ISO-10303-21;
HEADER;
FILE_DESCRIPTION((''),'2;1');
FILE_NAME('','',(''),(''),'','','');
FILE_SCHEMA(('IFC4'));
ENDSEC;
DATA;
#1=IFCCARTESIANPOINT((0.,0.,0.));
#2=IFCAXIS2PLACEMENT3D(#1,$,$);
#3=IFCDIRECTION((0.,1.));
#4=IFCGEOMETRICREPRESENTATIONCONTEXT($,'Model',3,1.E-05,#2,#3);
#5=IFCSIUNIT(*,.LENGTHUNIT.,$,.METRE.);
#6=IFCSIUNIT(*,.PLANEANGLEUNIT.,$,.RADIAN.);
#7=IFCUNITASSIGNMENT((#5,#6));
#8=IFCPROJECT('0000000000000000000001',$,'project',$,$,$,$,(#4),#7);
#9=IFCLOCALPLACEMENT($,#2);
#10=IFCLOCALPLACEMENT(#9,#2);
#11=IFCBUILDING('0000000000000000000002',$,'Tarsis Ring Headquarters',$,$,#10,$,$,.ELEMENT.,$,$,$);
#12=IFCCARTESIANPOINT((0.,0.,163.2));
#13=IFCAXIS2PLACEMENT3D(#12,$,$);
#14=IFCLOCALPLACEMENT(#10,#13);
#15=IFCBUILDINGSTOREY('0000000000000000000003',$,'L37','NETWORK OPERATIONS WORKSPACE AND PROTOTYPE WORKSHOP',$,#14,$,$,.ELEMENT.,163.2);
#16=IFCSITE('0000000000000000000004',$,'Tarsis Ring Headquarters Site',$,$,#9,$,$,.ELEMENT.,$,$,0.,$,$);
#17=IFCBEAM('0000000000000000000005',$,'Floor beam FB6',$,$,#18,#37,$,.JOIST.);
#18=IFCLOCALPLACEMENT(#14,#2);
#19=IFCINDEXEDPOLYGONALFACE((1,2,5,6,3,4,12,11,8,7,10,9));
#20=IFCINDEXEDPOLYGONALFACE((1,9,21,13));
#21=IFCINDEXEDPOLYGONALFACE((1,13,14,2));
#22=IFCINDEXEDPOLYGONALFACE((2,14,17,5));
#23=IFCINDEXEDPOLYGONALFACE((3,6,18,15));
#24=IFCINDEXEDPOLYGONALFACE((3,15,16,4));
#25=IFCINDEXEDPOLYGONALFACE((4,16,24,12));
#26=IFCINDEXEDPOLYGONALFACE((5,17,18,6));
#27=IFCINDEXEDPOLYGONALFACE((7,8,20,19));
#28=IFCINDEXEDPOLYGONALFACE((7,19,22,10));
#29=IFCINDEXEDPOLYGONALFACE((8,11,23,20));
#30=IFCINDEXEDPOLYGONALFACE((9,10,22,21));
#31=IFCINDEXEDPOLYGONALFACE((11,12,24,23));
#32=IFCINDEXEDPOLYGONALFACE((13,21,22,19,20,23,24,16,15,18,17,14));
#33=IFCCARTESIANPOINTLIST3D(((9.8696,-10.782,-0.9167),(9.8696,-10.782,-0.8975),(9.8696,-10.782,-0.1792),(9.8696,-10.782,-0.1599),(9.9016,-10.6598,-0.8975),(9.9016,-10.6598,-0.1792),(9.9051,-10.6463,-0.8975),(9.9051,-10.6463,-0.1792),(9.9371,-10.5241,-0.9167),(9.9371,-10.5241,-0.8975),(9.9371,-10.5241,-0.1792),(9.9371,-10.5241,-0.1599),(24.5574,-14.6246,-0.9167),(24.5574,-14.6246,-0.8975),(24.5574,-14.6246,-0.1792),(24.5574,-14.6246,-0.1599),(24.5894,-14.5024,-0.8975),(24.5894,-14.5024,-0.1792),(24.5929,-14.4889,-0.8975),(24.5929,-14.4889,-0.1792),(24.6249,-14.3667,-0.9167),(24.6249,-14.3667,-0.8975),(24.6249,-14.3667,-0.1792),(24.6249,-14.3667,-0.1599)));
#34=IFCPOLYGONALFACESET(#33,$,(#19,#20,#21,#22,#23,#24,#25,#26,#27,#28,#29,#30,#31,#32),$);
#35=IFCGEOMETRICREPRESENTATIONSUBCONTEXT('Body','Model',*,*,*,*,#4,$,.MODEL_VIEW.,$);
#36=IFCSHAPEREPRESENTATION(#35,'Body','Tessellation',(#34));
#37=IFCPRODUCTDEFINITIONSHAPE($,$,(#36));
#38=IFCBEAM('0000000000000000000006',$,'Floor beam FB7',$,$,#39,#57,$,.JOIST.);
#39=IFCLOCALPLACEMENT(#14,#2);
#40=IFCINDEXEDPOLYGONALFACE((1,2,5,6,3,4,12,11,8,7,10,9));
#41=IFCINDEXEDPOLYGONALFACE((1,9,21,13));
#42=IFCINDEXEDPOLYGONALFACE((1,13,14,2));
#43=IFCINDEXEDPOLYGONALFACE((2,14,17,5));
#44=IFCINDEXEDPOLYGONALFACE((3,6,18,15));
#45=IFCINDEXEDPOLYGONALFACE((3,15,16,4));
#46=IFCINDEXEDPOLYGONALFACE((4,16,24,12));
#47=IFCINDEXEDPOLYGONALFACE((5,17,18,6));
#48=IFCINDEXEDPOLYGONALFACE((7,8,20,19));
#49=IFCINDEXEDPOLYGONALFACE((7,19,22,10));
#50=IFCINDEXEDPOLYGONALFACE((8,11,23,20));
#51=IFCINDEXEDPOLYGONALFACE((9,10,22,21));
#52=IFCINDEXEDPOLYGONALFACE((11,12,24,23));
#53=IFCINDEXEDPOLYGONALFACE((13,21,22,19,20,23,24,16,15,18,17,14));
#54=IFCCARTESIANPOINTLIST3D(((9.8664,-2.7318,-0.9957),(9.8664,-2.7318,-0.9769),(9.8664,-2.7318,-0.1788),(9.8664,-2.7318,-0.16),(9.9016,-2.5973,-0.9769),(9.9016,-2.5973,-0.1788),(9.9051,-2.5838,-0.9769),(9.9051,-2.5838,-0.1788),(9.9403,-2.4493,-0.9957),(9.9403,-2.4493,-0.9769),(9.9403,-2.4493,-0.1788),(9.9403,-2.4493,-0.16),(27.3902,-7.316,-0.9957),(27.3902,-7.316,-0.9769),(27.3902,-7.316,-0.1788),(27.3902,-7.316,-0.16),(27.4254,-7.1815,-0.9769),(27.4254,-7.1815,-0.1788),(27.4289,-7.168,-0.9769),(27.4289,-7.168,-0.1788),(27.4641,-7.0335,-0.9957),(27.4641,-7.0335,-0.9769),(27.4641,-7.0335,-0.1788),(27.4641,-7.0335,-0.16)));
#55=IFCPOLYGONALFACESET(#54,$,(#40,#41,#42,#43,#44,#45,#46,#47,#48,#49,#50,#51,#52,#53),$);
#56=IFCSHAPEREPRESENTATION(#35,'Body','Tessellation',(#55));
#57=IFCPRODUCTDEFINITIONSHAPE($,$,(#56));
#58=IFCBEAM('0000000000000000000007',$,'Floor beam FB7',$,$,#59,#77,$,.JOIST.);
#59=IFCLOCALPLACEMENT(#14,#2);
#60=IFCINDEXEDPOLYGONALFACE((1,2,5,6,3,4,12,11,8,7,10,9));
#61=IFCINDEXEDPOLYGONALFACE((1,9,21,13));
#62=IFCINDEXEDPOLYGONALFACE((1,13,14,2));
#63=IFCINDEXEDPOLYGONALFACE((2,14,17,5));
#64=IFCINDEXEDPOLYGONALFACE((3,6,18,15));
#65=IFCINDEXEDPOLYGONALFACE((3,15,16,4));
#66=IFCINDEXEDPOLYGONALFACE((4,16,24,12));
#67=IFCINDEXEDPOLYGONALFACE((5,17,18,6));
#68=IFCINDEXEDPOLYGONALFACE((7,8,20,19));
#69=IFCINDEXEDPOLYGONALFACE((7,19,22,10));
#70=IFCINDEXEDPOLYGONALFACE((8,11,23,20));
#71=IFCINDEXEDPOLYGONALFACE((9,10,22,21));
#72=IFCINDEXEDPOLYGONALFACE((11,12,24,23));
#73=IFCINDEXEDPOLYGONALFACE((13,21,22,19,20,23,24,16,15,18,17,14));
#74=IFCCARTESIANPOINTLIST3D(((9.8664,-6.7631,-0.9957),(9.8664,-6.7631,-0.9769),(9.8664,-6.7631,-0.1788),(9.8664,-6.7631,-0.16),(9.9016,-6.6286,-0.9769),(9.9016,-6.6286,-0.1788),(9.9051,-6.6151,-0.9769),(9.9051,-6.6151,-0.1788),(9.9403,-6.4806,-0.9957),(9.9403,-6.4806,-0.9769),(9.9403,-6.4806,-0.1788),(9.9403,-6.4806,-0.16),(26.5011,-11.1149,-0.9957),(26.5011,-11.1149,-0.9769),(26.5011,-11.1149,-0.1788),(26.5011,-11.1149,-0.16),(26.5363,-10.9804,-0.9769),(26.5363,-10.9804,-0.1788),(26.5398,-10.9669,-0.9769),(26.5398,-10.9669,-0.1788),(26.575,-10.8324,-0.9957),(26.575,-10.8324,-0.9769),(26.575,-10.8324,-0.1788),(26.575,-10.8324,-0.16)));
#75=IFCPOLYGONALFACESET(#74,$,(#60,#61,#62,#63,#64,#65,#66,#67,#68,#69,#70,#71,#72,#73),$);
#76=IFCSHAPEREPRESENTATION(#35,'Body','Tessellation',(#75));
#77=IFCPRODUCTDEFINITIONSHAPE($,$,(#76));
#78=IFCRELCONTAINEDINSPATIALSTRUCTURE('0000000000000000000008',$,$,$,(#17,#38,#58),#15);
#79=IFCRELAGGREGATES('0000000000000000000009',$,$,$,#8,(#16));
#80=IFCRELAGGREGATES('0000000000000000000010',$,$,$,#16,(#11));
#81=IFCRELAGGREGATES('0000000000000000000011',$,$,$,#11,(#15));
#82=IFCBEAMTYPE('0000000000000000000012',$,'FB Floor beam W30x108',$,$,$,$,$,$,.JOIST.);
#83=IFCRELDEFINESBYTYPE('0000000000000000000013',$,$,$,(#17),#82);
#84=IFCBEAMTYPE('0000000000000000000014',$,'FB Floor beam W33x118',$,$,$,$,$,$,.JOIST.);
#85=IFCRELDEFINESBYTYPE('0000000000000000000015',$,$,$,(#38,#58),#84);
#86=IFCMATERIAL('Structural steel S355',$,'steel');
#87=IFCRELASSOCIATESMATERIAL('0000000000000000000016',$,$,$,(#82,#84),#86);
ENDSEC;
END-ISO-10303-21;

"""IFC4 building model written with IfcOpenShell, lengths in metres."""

from ifc_helpers import new_model, si_unit, direction, frame, origin, origin_2d, place, context, subcontext, project, spatial, i_section, extrude, material, material_profile, profile_set, type_object, element, save


model = new_model("IFC4")

# Units and contexts
model_context = context("Model", 3, precision=1e-05, world=origin(), true_north=direction((0.0, 1.0)))
body_context = subcontext(model_context, "Body", "Model", "MODEL_VIEW")
ifc_project = project(units=[si_unit("LENGTHUNIT", "METRE"), si_unit("PLANEANGLEUNIT", "RADIAN")], contexts=[model_context])

# Site, building, storey
site_placement = place(None, origin())
site = spatial("IfcSite", under=ifc_project, at=site_placement, Name="Tarsis Ring Headquarters Site", CompositionType="ELEMENT", RefElevation=0.0)
building_placement = place(site_placement, origin())
building = spatial("IfcBuilding", under=site, at=building_placement, Name="Tarsis Ring Headquarters", CompositionType="ELEMENT")
storey_placement = place(building_placement, frame((0.0, 0.0, 163.2)))
storey = spatial("IfcBuildingStorey", under=building, at=storey_placement, Name="L37", Description="NETWORK OPERATIONS WORKSPACE AND PROTOTYPE WORKSHOP", CompositionType="ELEMENT", Elevation=163.2)

# Beams
ifc_material_1 = material(Name="Structural steel S355", Category="steel")
ifc_material_profile_1 = material_profile(ifc_material_1, i_section(OverallWidth=0.2666, OverallDepth=0.7568, WebThickness=0.0139, FlangeThickness=0.0193, at=origin_2d()), Name="W30x108")
ifc_profile_set_1 = profile_set([ifc_material_profile_1], Name="Structural steel S355")
beam_type_1 = type_object("IfcBeamType", Name="FB Floor beam W30x108", PredefinedType="JOIST", material=ifc_profile_set_1)
beam_1_placement = place(storey_placement, frame((9.9033, -10.6531, -0.5383), z_axis=(0.967441, -0.253097, 0.0), x_axis=(0.253097, 0.967441, 0.0)))
element("IfcBeam", 1, at=beam_1_placement, inside=storey, type_object=beam_type_1, Name="Floor beam FB6", PredefinedType="JOIST", context=body_context, shape_type="SweptSolid", body=[
    extrude(i_section(OverallWidth=0.2666, OverallDepth=0.7568, WebThickness=0.0139, FlangeThickness=0.0193, at=origin_2d()), origin(), (0.0, 0.0, 1.0), 15.1821),
])
ifc_material_profile_2 = material_profile(ifc_material_1, i_section(OverallWidth=0.292, OverallDepth=0.8357, WebThickness=0.0139, FlangeThickness=0.0188, at=origin_2d()), Name="W33x118")
ifc_profile_set_2 = profile_set([ifc_material_profile_2], Name="Structural steel S355")
beam_type_2 = type_object("IfcBeamType", Name="FB Floor beam W33x118", PredefinedType="JOIST", material=ifc_profile_set_2)
beam_2_placement = place(storey_placement, frame((9.9033, -2.5906, -0.5779), z_axis=(0.967445, -0.253082, 0.0), x_axis=(0.253082, 0.967445, 0.0)))
element("IfcBeam", 2, at=beam_2_placement, inside=storey, type_object=beam_type_2, Name="Floor beam FB7", PredefinedType="JOIST", context=body_context, shape_type="SweptSolid", body=[
    extrude(i_section(OverallWidth=0.292, OverallDepth=0.8357, WebThickness=0.0139, FlangeThickness=0.0188, at=origin_2d()), origin(), (0.0, 0.0, 1.0), 18.1135),
])
beam_3_placement = place(storey_placement, frame((9.9033, -6.6218, -0.5779), z_axis=(0.967442, -0.253092, 0.0), x_axis=(0.253092, 0.967442, 0.0)))
element("IfcBeam", 3, at=beam_3_placement, inside=storey, type_object=beam_type_2, Name="Floor beam FB7", PredefinedType="JOIST", context=body_context, shape_type="SweptSolid", body=[
    extrude(i_section(OverallWidth=0.292, OverallDepth=0.8357, WebThickness=0.0139, FlangeThickness=0.0188, at=origin_2d()), origin(), (0.0, 0.0, 1.0), 17.1946),
])

save(model, "model.ifc")
